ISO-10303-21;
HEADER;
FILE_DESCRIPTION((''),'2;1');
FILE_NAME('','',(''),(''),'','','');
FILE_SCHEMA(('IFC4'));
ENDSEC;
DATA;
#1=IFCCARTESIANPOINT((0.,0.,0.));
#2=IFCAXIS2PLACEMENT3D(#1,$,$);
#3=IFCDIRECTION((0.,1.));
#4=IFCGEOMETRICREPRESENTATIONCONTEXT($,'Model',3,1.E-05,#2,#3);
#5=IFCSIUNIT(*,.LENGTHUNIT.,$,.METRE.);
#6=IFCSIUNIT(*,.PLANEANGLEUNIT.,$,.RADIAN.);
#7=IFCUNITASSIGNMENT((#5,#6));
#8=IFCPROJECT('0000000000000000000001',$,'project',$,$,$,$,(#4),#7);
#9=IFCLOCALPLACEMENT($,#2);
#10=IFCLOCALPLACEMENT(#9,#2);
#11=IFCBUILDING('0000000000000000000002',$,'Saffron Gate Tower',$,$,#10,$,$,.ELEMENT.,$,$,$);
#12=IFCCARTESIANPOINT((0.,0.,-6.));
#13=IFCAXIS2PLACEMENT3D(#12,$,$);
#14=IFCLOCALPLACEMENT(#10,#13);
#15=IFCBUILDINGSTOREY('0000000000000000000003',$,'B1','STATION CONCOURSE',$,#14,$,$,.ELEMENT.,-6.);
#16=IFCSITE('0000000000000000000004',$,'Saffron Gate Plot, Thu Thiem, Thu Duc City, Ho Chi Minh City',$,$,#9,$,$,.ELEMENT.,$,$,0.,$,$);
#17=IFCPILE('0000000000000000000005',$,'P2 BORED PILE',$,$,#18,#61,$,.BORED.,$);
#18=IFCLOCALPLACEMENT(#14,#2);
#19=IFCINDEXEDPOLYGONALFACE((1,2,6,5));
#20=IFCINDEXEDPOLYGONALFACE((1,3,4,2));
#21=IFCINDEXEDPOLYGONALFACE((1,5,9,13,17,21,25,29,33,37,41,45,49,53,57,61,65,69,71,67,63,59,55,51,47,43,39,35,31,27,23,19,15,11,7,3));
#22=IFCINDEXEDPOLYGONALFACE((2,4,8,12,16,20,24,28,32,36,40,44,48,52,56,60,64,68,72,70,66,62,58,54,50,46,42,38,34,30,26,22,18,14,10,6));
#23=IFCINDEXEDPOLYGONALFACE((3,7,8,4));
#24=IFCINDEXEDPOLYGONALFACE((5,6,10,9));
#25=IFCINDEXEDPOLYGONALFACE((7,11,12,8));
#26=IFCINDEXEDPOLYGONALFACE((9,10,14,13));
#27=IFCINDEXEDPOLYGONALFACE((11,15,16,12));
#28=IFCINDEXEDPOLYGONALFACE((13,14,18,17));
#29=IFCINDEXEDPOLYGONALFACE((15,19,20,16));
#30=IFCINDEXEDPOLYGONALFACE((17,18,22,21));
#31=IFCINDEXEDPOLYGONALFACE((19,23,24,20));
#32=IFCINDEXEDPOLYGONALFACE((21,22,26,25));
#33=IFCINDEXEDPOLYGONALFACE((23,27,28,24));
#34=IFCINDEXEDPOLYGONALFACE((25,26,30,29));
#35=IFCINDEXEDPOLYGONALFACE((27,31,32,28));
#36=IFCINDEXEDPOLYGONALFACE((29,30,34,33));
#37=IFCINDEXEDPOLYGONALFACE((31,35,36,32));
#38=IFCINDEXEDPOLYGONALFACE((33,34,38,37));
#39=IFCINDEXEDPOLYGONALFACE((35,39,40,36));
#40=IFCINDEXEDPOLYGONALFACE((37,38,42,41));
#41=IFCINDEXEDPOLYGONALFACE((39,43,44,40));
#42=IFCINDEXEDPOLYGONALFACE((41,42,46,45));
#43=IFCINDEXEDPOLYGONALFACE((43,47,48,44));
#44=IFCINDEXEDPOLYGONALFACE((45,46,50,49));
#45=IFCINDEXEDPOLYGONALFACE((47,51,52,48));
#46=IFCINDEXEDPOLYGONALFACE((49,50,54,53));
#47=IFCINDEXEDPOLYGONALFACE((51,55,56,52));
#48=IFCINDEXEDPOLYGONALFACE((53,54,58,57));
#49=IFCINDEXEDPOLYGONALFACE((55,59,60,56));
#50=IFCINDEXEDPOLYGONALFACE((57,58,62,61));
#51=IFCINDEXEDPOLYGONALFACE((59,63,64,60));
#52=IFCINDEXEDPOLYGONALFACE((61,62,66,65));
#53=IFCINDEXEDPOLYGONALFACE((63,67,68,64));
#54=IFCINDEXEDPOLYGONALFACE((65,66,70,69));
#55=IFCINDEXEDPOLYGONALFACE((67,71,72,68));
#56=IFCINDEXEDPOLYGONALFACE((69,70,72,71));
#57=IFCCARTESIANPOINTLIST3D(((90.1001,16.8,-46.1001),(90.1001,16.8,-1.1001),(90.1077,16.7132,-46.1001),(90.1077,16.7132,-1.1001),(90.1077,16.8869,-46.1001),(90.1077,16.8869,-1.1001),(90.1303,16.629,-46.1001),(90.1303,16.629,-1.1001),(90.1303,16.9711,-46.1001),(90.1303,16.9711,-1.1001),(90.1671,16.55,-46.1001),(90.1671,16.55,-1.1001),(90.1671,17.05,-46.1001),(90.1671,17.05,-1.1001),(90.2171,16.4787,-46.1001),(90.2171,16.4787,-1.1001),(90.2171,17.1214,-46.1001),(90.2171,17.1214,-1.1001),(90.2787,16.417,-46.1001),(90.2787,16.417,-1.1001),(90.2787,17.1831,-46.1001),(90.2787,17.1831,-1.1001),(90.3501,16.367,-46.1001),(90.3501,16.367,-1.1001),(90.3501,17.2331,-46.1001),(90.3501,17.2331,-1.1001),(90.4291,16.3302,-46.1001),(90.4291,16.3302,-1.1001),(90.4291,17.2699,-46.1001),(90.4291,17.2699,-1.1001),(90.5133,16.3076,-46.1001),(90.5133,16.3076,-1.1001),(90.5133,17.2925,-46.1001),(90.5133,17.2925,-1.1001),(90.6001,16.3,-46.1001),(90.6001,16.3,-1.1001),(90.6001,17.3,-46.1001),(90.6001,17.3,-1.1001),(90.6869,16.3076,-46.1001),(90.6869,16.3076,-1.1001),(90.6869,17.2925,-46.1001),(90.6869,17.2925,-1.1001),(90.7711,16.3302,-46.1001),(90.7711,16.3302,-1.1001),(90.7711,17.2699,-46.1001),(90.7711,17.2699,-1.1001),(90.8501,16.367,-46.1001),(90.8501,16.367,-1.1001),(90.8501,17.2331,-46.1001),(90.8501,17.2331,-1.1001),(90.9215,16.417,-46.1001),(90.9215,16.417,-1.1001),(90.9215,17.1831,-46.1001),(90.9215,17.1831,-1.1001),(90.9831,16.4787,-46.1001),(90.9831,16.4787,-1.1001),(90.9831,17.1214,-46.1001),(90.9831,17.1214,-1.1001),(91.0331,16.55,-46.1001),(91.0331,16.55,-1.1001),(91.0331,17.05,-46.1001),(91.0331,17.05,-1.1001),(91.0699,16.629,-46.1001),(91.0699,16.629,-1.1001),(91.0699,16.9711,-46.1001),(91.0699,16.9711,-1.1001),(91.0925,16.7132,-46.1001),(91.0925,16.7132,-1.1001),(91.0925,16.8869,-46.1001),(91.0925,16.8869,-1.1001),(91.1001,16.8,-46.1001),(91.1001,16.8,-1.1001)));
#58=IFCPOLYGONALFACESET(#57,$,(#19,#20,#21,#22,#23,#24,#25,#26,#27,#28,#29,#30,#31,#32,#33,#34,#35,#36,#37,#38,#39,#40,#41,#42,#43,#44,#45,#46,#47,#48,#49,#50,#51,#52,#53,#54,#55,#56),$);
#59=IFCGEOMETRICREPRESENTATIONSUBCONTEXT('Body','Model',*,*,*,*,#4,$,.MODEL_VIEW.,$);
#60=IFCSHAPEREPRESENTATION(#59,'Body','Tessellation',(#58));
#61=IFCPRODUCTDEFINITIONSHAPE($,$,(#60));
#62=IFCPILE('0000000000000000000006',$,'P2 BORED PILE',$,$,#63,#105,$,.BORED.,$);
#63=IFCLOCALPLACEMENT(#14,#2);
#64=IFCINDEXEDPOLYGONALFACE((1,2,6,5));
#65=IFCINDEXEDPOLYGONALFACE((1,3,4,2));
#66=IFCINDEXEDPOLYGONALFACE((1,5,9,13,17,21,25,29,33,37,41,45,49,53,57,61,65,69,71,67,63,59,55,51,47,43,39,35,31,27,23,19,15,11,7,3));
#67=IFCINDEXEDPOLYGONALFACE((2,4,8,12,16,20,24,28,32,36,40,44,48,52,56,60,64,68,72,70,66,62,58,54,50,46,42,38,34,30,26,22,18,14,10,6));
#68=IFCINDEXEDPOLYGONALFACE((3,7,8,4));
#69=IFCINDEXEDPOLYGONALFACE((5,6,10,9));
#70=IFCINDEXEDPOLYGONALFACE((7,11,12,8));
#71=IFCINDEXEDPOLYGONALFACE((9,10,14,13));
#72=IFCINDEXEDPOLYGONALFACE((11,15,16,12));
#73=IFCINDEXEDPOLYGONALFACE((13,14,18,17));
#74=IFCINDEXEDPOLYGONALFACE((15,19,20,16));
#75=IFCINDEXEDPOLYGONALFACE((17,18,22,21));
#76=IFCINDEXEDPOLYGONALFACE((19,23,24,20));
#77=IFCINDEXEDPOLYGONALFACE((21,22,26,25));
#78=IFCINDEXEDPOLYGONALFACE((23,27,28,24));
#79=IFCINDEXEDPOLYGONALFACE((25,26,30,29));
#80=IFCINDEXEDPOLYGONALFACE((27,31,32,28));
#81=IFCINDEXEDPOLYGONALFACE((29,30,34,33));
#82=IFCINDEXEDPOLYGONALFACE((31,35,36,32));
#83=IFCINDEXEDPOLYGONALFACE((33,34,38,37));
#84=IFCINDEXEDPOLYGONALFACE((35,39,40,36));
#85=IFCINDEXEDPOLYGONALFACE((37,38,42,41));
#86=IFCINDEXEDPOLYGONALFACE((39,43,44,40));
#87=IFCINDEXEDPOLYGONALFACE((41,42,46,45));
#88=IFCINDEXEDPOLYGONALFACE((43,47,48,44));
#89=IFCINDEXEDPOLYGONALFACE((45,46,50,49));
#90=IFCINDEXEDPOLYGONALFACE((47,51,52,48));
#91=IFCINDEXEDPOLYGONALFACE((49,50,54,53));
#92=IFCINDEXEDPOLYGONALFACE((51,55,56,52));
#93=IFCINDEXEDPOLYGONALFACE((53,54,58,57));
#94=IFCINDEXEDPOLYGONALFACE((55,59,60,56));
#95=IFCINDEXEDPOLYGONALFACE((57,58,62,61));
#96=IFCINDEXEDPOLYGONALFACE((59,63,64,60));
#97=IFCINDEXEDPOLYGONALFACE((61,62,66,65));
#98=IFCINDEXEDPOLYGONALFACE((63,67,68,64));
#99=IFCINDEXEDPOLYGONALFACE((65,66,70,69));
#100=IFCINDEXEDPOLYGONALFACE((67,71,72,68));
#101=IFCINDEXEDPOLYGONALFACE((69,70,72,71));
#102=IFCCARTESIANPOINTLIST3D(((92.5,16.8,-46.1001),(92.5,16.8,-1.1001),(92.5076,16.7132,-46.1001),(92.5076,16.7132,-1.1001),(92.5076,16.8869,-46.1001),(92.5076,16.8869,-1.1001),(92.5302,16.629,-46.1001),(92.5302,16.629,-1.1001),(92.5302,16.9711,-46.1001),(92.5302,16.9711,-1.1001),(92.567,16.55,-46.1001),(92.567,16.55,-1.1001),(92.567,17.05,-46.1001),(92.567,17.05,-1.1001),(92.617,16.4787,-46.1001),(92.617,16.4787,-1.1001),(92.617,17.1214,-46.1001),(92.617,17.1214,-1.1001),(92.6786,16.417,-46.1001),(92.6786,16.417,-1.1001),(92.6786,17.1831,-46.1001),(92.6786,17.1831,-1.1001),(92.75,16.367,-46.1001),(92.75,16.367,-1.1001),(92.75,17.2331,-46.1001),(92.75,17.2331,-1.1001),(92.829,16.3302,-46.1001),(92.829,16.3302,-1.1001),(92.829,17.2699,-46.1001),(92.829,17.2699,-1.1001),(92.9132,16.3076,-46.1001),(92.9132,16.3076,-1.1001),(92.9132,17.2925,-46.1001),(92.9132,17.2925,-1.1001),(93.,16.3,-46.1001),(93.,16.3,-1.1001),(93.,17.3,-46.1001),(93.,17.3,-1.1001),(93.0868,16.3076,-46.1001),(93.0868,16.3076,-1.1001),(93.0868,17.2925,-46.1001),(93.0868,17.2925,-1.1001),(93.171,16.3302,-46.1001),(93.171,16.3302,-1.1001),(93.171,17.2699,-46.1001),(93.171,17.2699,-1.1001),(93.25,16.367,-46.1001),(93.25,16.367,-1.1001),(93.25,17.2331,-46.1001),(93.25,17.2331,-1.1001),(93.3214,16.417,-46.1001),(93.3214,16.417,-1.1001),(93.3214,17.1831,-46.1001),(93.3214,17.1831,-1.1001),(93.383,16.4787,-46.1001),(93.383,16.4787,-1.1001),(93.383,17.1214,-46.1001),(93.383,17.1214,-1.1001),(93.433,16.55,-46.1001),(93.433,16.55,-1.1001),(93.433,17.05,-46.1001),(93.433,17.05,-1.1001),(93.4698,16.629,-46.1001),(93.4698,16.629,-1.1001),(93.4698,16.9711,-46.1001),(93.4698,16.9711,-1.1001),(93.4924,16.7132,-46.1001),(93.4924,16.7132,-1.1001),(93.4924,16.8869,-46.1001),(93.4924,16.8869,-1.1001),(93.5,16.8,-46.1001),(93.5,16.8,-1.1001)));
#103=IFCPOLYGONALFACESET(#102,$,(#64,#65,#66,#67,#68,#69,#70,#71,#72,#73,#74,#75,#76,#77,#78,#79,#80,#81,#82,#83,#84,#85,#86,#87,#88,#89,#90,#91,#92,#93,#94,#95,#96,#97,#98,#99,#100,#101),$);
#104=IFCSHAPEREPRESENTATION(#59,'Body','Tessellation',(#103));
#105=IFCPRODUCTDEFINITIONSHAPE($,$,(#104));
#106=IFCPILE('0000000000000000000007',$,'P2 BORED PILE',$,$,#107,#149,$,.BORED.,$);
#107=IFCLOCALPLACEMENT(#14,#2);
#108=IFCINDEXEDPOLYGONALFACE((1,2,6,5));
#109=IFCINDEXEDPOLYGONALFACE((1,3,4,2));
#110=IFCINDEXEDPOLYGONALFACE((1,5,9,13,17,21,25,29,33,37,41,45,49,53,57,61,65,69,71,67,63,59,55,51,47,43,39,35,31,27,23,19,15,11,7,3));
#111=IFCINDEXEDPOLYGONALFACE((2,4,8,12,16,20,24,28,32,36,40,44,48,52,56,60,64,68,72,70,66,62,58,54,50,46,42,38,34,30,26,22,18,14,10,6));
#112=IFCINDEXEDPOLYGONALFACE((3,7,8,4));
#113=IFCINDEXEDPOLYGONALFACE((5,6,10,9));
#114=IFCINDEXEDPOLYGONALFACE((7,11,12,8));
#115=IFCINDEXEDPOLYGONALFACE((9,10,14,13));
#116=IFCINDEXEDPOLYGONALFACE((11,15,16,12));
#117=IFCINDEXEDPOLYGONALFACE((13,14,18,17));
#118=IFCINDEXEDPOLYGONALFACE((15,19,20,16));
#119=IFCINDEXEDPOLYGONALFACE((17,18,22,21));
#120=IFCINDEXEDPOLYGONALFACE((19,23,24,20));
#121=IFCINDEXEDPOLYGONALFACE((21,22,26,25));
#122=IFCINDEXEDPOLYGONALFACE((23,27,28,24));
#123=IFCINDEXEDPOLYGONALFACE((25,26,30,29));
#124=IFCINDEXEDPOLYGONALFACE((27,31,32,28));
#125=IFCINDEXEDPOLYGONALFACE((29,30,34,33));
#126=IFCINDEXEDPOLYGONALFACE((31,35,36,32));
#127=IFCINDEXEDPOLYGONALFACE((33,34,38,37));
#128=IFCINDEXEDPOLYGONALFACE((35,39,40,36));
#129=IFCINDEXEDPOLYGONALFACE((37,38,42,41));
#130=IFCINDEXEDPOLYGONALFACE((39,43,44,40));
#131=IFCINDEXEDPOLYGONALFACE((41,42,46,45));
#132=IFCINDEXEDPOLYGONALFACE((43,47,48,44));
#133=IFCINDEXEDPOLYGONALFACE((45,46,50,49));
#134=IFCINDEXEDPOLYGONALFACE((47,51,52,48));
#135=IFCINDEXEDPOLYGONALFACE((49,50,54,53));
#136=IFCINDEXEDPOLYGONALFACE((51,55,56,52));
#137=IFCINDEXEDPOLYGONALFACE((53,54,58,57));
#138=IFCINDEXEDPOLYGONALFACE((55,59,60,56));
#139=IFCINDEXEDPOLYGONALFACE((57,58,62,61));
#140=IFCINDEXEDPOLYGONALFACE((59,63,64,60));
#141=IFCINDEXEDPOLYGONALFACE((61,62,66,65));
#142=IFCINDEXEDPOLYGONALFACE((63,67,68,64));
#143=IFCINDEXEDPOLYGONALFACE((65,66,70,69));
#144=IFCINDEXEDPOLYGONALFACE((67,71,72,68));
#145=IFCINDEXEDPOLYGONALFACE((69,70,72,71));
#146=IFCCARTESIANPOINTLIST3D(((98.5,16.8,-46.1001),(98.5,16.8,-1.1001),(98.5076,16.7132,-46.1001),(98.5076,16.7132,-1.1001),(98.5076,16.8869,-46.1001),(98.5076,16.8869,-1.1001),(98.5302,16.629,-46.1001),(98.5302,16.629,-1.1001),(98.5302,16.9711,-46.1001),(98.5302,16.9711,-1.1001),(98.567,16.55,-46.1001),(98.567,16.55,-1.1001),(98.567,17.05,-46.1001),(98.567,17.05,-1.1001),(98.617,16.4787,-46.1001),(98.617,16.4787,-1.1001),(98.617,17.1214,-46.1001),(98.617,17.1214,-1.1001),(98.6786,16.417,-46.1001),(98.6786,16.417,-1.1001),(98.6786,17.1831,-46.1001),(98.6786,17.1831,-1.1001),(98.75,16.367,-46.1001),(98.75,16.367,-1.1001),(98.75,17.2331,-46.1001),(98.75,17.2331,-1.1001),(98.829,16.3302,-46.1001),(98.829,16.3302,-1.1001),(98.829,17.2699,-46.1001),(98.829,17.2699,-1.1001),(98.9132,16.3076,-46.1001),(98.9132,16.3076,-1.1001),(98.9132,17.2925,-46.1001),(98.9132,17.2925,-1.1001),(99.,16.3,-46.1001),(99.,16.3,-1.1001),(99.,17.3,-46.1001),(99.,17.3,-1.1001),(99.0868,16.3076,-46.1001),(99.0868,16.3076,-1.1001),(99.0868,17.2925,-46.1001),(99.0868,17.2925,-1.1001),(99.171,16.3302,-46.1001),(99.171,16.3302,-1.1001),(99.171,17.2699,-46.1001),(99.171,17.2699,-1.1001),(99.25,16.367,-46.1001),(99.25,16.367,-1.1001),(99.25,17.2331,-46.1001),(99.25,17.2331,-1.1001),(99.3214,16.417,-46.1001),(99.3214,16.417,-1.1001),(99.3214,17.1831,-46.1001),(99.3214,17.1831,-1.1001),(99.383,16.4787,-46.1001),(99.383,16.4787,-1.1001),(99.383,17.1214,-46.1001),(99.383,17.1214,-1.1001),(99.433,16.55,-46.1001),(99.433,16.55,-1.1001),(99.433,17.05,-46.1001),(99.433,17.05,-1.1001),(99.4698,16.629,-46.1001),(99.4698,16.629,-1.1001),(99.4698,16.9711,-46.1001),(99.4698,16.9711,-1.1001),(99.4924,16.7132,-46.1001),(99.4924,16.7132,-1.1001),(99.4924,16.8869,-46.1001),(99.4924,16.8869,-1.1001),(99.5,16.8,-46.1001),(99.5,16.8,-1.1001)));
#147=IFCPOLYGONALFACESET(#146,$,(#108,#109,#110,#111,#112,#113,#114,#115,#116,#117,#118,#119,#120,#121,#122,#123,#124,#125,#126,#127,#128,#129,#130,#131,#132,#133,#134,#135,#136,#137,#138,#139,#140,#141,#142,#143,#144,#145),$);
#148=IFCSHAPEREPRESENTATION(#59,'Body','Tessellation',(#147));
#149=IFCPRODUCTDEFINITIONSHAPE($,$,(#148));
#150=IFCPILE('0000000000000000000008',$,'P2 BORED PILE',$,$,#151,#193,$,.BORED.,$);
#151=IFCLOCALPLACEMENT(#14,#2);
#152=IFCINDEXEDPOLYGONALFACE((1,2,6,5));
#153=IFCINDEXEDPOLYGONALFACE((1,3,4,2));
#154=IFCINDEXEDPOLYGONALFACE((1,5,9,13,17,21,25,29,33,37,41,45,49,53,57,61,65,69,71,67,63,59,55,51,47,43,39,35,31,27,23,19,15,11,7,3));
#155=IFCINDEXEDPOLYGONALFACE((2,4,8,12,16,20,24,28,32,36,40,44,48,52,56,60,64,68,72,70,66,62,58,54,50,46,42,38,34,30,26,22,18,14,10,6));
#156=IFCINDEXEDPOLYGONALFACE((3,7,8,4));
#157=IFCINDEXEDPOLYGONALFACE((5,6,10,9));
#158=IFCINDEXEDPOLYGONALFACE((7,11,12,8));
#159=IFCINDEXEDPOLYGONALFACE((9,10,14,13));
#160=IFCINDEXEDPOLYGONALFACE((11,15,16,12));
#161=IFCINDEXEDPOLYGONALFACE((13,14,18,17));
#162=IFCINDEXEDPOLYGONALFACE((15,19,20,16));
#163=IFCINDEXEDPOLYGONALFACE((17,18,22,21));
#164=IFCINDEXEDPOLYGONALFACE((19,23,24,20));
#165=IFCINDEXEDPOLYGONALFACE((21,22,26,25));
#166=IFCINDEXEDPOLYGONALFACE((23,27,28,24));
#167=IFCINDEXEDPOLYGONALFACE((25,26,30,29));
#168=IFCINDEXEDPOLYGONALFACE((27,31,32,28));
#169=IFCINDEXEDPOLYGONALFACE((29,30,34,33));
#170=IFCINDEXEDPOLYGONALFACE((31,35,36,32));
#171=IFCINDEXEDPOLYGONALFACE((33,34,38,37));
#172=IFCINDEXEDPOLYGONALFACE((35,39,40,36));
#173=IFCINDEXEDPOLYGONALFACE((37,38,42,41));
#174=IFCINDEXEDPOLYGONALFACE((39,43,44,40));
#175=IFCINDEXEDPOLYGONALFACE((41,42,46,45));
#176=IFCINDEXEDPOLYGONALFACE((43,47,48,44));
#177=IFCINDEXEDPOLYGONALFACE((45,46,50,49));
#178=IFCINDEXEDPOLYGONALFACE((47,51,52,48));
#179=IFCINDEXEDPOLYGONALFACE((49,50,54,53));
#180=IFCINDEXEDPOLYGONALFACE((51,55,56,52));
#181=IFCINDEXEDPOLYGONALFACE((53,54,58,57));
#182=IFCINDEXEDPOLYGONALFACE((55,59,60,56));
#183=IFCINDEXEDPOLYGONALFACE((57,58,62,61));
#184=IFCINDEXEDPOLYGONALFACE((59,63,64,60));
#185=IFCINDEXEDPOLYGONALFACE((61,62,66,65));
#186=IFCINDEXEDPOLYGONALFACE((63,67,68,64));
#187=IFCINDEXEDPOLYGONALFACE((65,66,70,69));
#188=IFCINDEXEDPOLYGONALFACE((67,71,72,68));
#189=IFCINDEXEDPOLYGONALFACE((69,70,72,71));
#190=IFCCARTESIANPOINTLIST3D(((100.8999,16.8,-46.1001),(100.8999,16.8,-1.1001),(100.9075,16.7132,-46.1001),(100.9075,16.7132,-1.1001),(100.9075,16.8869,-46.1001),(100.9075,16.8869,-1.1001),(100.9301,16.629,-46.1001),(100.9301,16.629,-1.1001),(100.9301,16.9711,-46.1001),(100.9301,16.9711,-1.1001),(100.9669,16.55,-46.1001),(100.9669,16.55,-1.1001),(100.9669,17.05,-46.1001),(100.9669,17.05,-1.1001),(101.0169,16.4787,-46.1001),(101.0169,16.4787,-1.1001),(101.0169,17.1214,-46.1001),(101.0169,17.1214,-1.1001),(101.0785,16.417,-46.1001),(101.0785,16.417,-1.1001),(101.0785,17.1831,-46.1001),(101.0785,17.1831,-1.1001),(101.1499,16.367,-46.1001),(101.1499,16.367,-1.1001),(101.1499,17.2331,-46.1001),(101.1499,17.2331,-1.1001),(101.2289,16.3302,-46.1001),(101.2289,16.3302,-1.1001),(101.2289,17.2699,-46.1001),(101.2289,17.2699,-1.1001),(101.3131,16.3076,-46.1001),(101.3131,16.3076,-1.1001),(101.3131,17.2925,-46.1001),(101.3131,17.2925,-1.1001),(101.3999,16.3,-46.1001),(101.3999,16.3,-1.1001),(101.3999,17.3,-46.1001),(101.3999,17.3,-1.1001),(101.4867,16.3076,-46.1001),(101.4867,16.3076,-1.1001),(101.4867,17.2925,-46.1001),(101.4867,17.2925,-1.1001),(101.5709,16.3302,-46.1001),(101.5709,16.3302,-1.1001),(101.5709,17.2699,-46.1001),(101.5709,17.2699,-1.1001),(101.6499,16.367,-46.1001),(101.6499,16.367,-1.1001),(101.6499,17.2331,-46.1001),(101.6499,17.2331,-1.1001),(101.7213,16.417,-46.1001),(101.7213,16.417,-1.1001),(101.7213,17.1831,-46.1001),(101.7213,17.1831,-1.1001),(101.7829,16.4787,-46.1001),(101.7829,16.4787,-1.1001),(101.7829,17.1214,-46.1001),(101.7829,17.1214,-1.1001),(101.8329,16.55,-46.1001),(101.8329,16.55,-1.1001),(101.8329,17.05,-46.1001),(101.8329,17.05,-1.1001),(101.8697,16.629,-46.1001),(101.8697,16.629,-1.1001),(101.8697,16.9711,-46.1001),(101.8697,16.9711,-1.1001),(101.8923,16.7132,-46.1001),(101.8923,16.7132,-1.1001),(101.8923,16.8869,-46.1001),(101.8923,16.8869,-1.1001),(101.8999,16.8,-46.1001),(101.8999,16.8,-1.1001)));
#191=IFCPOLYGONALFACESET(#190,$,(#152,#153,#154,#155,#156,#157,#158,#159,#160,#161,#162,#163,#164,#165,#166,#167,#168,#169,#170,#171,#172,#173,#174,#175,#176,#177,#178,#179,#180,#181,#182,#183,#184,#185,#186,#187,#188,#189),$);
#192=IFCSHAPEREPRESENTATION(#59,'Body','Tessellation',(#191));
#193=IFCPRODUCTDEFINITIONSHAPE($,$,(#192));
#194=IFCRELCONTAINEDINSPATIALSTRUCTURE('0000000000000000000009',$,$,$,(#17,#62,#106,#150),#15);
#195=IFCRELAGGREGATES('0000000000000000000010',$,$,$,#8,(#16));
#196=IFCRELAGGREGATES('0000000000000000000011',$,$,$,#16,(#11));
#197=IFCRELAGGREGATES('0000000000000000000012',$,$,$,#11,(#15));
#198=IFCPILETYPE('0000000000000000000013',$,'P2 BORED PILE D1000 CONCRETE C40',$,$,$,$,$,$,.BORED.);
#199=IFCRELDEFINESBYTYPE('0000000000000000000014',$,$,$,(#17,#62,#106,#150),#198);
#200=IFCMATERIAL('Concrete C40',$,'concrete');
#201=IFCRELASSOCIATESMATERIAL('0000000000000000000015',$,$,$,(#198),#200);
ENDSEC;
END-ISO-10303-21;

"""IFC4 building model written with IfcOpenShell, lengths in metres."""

from ifc_helpers import new_model, si_unit, direction, frame, origin, origin_2d, place, context, subcontext, project, spatial, circle, extrude, material, material_profile, profile_set, type_object, element, save


model = new_model("IFC4")

# Units and contexts
model_context = context("Model", 3, precision=1e-05, world=origin(), true_north=direction((0.0, 1.0)))
body_context = subcontext(model_context, "Body", "Model", "MODEL_VIEW")
ifc_project = project(units=[si_unit("LENGTHUNIT", "METRE"), si_unit("PLANEANGLEUNIT", "RADIAN")], contexts=[model_context])

# Site, building, storey
site_placement = place(None, origin())
site = spatial("IfcSite", under=ifc_project, at=site_placement, Name="Saffron Gate Plot, Thu Thiem, Thu Duc City, Ho Chi Minh City", CompositionType="ELEMENT", RefElevation=0.0)
building_placement = place(site_placement, origin())
building = spatial("IfcBuilding", under=site, at=building_placement, Name="Saffron Gate Tower", CompositionType="ELEMENT")
storey_placement = place(building_placement, frame((0.0, 0.0, -6.0)))
storey = spatial("IfcBuildingStorey", under=building, at=storey_placement, Name="B1", Description="STATION CONCOURSE", CompositionType="ELEMENT", Elevation=-6.0)

# Piles
ifc_material_1 = material(Name="Concrete C40", Category="concrete")
ifc_material_profile_1 = material_profile(ifc_material_1, circle(Radius=0.5, at=origin_2d()))
ifc_profile_set_1 = profile_set([ifc_material_profile_1], Name="Concrete C40")
pile_type_1 = type_object("IfcPileType", Name="P2 BORED PILE D1000 CONCRETE C40", PredefinedType="BORED", material=ifc_profile_set_1)
for number, where, z_axis, x_axis, name in (
    (1, (90.6001, 16.8, -1.1001), (0.0, 0.0, -1.0), (1.0, 0.0, 0.0), "P2 BORED PILE"),
    (2, (93.0, 16.8, -1.1001), (0.0, 0.0, -1.0), (1.0, 0.0, 0.0), "P2 BORED PILE"),
    (3, (99.0, 16.8, -1.1001), (0.0, 0.0, -1.0), (1.0, 0.0, 0.0), "P2 BORED PILE"),
    (4, (101.3999, 16.8, -1.1001), (0.0, 0.0, -1.0), (1.0, 0.0, 0.0), "P2 BORED PILE"),
):
    element("IfcPile", number, at=place(storey_placement, frame(where, z_axis=z_axis, x_axis=x_axis)), inside=storey, type_object=pile_type_1, Name=name, PredefinedType="BORED", context=body_context, shape_type="SweptSolid", body=[
        extrude(circle(Radius=0.5, at=origin_2d()), origin(), (0.0, 0.0, 1.0), 45.0),
    ])

save(model, "model.ifc")
